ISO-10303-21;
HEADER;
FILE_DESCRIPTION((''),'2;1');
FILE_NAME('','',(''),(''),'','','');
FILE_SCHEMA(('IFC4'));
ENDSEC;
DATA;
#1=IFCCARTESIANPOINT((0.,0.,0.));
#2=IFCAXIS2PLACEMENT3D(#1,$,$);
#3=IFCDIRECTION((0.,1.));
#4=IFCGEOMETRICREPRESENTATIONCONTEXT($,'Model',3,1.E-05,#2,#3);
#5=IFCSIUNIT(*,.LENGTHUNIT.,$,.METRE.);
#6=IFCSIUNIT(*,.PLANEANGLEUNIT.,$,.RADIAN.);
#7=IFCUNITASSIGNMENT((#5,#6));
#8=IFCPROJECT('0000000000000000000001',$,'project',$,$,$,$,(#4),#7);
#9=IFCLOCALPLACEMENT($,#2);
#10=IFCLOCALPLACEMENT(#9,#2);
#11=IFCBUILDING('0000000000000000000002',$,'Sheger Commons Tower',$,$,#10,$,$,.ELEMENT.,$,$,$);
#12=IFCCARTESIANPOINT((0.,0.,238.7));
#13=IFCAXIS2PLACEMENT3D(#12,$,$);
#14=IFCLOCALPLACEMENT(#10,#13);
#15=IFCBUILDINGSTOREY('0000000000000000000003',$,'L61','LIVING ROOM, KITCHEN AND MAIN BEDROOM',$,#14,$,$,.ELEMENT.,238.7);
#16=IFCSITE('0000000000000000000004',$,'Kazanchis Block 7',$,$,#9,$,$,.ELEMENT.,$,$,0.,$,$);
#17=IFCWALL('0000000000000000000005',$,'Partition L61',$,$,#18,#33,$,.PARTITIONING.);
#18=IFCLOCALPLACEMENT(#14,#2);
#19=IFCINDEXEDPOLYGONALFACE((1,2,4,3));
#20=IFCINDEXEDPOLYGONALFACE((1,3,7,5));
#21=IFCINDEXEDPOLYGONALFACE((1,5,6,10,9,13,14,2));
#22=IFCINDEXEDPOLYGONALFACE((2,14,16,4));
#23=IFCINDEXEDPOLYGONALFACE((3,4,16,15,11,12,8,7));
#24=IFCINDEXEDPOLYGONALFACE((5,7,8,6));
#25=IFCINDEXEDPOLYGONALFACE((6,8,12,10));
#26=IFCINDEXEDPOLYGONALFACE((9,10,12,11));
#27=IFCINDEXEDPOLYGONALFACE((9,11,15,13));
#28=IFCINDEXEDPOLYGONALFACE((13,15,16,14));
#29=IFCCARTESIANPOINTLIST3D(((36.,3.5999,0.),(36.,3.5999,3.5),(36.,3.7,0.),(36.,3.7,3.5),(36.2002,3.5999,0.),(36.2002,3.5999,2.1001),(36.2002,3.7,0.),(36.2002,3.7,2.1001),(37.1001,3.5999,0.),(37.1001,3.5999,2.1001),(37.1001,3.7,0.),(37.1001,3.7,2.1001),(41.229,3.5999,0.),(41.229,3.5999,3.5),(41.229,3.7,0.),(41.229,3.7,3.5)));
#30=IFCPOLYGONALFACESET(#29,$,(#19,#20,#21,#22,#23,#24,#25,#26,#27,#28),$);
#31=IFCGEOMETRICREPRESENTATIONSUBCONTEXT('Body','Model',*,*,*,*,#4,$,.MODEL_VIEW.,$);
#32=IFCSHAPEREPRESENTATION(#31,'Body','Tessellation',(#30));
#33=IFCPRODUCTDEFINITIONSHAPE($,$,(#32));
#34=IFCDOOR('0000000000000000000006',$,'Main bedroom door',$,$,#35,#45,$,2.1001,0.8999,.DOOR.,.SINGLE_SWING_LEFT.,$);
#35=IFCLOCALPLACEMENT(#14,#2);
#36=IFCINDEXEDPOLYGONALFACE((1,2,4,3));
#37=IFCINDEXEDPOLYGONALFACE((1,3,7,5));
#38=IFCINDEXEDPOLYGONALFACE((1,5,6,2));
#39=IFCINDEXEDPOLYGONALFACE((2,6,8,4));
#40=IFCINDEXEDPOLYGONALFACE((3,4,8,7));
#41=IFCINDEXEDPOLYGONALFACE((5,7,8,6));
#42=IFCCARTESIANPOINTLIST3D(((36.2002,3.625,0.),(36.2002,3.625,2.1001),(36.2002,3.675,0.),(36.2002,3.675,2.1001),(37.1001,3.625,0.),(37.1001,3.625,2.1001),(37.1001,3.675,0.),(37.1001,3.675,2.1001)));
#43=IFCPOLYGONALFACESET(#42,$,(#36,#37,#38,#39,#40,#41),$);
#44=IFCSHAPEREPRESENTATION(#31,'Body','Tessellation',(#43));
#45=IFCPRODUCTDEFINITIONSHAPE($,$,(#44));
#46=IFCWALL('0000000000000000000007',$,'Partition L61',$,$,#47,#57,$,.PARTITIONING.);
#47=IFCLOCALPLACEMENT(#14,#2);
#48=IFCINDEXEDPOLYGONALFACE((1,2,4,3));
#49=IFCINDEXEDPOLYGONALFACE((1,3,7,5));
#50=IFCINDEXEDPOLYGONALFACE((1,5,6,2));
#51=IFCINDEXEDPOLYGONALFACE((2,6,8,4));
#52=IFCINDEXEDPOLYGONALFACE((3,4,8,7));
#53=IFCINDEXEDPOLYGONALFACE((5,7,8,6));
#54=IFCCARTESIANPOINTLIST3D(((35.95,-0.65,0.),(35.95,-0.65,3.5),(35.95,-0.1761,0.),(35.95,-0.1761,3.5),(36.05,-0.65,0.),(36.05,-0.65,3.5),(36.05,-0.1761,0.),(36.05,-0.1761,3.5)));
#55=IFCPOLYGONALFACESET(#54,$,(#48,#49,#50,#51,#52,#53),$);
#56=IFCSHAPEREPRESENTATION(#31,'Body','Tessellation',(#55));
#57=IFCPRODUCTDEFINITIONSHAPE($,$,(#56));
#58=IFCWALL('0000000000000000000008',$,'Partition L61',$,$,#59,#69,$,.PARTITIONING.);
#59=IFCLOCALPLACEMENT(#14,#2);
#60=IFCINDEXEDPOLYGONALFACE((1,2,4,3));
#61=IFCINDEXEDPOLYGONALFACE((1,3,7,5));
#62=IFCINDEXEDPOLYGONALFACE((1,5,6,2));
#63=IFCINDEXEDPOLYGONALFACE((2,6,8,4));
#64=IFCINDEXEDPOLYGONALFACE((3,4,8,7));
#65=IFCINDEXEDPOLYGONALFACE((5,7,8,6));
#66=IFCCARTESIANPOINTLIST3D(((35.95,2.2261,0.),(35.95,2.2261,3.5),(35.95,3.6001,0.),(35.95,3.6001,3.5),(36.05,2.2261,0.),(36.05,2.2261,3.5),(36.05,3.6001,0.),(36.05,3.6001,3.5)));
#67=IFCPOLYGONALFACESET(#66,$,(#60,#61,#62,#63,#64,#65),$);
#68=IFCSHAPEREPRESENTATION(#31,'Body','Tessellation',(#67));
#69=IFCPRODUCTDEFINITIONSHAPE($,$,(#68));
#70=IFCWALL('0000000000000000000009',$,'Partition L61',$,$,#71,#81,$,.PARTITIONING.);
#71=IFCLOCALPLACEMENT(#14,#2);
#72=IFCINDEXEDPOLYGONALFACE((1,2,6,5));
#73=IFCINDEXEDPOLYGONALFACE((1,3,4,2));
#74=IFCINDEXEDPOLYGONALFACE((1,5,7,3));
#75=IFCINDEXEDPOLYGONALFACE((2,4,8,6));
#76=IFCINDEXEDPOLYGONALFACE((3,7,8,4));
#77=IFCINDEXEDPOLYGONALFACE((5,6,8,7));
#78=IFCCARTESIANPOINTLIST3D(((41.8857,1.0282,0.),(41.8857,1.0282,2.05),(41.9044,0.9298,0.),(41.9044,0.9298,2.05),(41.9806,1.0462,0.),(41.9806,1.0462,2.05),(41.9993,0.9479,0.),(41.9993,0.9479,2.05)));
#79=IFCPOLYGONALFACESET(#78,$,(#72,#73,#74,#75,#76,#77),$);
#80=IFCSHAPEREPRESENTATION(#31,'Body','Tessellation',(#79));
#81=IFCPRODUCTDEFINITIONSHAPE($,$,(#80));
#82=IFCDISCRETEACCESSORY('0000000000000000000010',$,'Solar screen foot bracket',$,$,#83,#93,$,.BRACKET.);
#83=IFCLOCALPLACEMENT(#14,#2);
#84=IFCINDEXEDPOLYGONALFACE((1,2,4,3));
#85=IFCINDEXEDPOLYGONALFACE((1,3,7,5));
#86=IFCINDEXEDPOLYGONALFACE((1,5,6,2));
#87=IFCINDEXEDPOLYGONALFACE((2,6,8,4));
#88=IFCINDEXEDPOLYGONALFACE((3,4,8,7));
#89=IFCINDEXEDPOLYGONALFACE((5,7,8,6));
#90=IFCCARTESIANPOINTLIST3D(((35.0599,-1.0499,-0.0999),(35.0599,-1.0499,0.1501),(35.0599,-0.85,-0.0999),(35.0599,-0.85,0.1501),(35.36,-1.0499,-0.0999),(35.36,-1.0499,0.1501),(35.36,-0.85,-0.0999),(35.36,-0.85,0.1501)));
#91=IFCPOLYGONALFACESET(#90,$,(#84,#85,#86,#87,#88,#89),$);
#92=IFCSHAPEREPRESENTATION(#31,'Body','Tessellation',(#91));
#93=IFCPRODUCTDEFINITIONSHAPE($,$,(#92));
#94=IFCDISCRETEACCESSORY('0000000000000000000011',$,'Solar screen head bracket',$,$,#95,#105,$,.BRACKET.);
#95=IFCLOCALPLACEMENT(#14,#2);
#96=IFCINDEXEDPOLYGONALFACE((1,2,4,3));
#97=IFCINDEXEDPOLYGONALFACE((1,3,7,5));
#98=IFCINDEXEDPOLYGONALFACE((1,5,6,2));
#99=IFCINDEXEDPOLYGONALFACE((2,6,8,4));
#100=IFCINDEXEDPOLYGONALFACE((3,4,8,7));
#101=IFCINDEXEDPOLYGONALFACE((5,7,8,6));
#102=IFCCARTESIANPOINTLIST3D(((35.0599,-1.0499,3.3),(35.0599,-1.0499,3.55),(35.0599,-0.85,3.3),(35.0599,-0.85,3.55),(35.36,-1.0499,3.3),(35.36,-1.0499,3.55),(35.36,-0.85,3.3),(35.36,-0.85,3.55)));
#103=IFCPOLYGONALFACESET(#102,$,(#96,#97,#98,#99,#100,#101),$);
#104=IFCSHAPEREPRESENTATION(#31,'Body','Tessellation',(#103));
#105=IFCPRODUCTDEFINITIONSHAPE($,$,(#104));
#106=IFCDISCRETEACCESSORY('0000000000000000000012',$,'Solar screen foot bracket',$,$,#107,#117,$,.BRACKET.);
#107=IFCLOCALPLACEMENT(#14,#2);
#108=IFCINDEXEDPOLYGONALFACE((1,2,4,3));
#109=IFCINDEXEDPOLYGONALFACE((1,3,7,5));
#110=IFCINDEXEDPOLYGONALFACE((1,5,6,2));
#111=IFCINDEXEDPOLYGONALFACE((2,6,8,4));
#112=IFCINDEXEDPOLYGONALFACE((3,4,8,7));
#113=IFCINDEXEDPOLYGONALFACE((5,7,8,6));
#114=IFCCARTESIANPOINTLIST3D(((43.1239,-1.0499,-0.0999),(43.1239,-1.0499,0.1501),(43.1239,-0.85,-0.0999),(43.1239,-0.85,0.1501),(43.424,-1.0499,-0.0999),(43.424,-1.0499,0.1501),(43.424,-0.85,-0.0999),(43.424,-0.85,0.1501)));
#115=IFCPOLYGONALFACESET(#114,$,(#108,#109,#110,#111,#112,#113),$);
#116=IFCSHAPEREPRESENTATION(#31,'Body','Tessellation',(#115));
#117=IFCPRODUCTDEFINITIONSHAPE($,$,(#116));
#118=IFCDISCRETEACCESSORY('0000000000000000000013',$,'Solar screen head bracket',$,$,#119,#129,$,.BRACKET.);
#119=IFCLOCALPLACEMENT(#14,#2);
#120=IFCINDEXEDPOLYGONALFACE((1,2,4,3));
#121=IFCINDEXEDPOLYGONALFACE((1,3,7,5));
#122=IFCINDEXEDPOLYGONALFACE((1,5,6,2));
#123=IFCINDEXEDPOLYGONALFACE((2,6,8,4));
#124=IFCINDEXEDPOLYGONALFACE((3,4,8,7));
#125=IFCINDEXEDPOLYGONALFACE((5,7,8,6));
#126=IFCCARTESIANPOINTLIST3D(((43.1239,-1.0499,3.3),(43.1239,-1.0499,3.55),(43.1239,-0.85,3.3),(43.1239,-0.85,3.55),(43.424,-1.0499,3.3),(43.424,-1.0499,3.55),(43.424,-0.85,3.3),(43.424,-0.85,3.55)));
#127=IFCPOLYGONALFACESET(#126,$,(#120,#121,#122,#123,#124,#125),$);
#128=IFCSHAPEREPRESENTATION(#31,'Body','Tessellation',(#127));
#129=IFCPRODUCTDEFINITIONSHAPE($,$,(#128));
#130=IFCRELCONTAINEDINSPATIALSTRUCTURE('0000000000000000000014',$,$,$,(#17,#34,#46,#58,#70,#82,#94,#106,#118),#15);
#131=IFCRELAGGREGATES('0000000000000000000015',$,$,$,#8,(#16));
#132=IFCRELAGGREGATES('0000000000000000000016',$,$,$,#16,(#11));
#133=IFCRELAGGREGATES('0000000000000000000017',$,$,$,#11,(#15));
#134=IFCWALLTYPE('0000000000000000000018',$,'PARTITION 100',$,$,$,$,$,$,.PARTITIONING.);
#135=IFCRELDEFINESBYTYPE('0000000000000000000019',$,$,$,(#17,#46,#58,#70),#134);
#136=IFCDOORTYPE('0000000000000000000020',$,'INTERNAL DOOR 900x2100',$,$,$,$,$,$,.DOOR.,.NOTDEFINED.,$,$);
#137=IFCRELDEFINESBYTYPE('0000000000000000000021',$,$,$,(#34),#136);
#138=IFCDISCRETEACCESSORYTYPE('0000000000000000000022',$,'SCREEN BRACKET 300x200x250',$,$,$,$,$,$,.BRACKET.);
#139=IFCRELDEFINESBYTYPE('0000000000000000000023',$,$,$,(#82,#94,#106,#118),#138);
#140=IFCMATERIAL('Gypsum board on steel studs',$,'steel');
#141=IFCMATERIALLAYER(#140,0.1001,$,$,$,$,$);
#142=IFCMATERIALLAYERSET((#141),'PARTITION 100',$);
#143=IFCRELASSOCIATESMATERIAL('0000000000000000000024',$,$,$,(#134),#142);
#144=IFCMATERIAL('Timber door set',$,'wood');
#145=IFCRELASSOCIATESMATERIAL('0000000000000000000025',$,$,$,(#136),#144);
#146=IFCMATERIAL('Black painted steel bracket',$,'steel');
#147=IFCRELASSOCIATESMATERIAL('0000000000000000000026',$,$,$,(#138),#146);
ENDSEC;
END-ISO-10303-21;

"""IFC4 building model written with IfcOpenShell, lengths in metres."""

from ifc_helpers import new_model, si_unit, direction, frame, frame_2d, origin, origin_2d, place, context, subcontext, project, spatial, rectangle, extrude, material, layer, layer_set, type_object, element, fill, save


model = new_model("IFC4")

# Units and contexts
model_context = context("Model", 3, precision=1e-05, world=origin(), true_north=direction((0.0, 1.0)))
body_context = subcontext(model_context, "Body", "Model", "MODEL_VIEW")
ifc_project = project(units=[si_unit("LENGTHUNIT", "METRE"), si_unit("PLANEANGLEUNIT", "RADIAN")], contexts=[model_context])

# Site, building, storey
site_placement = place(None, origin())
site = spatial("IfcSite", under=ifc_project, at=site_placement, Name="Kazanchis Block 7", CompositionType="ELEMENT", RefElevation=0.0)
building_placement = place(site_placement, origin())
building = spatial("IfcBuilding", under=site, at=building_placement, Name="Sheger Commons Tower", CompositionType="ELEMENT")
storey_placement = place(building_placement, frame((0.0, 0.0, 238.7)))
storey = spatial("IfcBuildingStorey", under=building, at=storey_placement, Name="L61", Description="LIVING ROOM, KITCHEN AND MAIN BEDROOM", CompositionType="ELEMENT", Elevation=238.7)

# Shared definitions
ifc_material_1 = material(Name="Gypsum board on steel studs", Category="steel")
ifc_layer_1 = layer(ifc_material_1, 0.1001)
ifc_layer_set_1 = layer_set([ifc_layer_1], Name="PARTITION 100")
wall_type_1 = type_object("IfcWallType", Name="PARTITION 100", PredefinedType="PARTITIONING", material=ifc_layer_set_1)
ifc_material_2 = material(Name="Timber door set", Category="wood")
door_type = type_object("IfcDoorType", Name="INTERNAL DOOR 900x2100", OperationType="NOTDEFINED", PredefinedType="DOOR", material=ifc_material_2)

# Wall, opening, door
wall_1_placement = place(storey_placement, frame((41.229, 3.6499, 0.0), z_axis=(0.0, 0.0, 1.0), x_axis=(-1.0, 0.0, 0.0)))
wall_1 = element("IfcWall", 1, at=wall_1_placement, inside=storey, type_object=wall_type_1, Name="Partition L61", PredefinedType="PARTITIONING", context=body_context, shape_type="SweptSolid", body=[
    extrude(rectangle(XDim=5.229, YDim=0.1001, at=frame_2d((2.6145, 0.0))), origin(), (0.0, 0.0, 1.0), 3.5),
])
opening_1_placement = place(wall_1_placement, frame((4.1289, 0.0, 0.0)))
opening_1 = element("IfcOpeningElement", 2, at=opening_1_placement, cuts=wall_1, PredefinedType="OPENING", context=body_context, shape_type="SweptSolid", body=[
    extrude(rectangle(XDim=0.8999, YDim=2.1001, at=frame_2d((0.45, 1.05))), frame((0.0, 0.0601, 0.0), z_axis=(0.0, -1.0, 0.0), x_axis=(1.0, 0.0, 0.0)), (0.0, 0.0, 1.0), 0.1201),
])
door_1_placement = place(opening_1_placement, origin())
door_1 = element("IfcDoor", 3, at=door_1_placement, inside=storey, type_object=door_type, Name="Main bedroom door", OperationType="SINGLE_SWING_LEFT", OverallHeight=2.1001, OverallWidth=0.8999, PredefinedType="DOOR", context=body_context, shape_type="SweptSolid", body=[
    extrude(rectangle(XDim=0.8999, YDim=2.1001, at=frame_2d((0.45, 1.05))), frame((0.0, 0.0249, 0.0), z_axis=(0.0, -1.0, 0.0), x_axis=(1.0, 0.0, 0.0)), (0.0, 0.0, 1.0), 0.05),
])
fill(opening_1, door_1)

# Walls
wall_2_placement = place(storey_placement, frame((36.0, -0.6499, 0.0), z_axis=(0.0, 0.0, 1.0), x_axis=(0.0, 1.0, 0.0)))
element("IfcWall", 4, at=wall_2_placement, inside=storey, type_object=wall_type_1, Name="Partition L61", PredefinedType="PARTITIONING", context=body_context, shape_type="SweptSolid", body=[
    extrude(rectangle(XDim=0.4739, YDim=0.1001, at=frame_2d((0.2368, 0.0))), origin(), (0.0, 0.0, 1.0), 3.5),
])
wall_3_placement = place(storey_placement, frame((36.0, 2.2261, 0.0), z_axis=(0.0, 0.0, 1.0), x_axis=(0.0, 1.0, 0.0)))
element("IfcWall", 5, at=wall_3_placement, inside=storey, type_object=wall_type_1, Name="Partition L61", PredefinedType="PARTITIONING", context=body_context, shape_type="SweptSolid", body=[
    extrude(rectangle(XDim=1.374, YDim=0.1001, at=frame_2d((0.687, 0.0))), origin(), (0.0, 0.0, 1.0), 3.5),
])
wall_4_placement = place(storey_placement, frame((41.99, 0.9971, 0.0), z_axis=(0.0, 0.0, 1.0), x_axis=(-0.982383, -0.18688, 0.0)))
element("IfcWall", 6, at=wall_4_placement, inside=storey, type_object=wall_type_1, Name="Partition L61", PredefinedType="PARTITIONING", context=body_context, shape_type="SweptSolid", body=[
    extrude(rectangle(XDim=0.0967, YDim=0.1001, at=frame_2d((0.0483, 0.0))), origin(), (0.0, 0.0, 1.0), 2.05),
])

# Discrete accessories
ifc_material_3 = material(Name="Black painted steel bracket", Category="steel")
discrete_accessory_type = type_object("IfcDiscreteAccessoryType", Name="SCREEN BRACKET 300x200x250", PredefinedType="BRACKET", material=ifc_material_3)
for number, where, z_axis, x_axis, name in (
    (7, (35.21, -0.95, -0.0999), (0.0, 0.0, 1.0), (1.0, 0.0, 0.0), "Solar screen foot bracket"),
    (8, (35.21, -0.95, 3.3), (0.0, 0.0, 1.0), (1.0, 0.0, 0.0), "Solar screen head bracket"),
    (9, (43.2739, -0.95, -0.0999), (0.0, 0.0, 1.0), (1.0, 0.0, 0.0), "Solar screen foot bracket"),
    (10, (43.2739, -0.95, 3.3), (0.0, 0.0, 1.0), (1.0, 0.0, 0.0), "Solar screen head bracket"),
):
    element("IfcDiscreteAccessory", number, at=place(storey_placement, frame(where, z_axis=z_axis, x_axis=x_axis)), inside=storey, type_object=discrete_accessory_type, Name=name, PredefinedType="BRACKET", context=body_context, shape_type="SweptSolid", body=[
        extrude(rectangle(XDim=0.3, YDim=0.2, at=origin_2d()), origin(), (0.0, 0.0, 1.0), 0.25),
    ])

save(model, "model.ifc")
